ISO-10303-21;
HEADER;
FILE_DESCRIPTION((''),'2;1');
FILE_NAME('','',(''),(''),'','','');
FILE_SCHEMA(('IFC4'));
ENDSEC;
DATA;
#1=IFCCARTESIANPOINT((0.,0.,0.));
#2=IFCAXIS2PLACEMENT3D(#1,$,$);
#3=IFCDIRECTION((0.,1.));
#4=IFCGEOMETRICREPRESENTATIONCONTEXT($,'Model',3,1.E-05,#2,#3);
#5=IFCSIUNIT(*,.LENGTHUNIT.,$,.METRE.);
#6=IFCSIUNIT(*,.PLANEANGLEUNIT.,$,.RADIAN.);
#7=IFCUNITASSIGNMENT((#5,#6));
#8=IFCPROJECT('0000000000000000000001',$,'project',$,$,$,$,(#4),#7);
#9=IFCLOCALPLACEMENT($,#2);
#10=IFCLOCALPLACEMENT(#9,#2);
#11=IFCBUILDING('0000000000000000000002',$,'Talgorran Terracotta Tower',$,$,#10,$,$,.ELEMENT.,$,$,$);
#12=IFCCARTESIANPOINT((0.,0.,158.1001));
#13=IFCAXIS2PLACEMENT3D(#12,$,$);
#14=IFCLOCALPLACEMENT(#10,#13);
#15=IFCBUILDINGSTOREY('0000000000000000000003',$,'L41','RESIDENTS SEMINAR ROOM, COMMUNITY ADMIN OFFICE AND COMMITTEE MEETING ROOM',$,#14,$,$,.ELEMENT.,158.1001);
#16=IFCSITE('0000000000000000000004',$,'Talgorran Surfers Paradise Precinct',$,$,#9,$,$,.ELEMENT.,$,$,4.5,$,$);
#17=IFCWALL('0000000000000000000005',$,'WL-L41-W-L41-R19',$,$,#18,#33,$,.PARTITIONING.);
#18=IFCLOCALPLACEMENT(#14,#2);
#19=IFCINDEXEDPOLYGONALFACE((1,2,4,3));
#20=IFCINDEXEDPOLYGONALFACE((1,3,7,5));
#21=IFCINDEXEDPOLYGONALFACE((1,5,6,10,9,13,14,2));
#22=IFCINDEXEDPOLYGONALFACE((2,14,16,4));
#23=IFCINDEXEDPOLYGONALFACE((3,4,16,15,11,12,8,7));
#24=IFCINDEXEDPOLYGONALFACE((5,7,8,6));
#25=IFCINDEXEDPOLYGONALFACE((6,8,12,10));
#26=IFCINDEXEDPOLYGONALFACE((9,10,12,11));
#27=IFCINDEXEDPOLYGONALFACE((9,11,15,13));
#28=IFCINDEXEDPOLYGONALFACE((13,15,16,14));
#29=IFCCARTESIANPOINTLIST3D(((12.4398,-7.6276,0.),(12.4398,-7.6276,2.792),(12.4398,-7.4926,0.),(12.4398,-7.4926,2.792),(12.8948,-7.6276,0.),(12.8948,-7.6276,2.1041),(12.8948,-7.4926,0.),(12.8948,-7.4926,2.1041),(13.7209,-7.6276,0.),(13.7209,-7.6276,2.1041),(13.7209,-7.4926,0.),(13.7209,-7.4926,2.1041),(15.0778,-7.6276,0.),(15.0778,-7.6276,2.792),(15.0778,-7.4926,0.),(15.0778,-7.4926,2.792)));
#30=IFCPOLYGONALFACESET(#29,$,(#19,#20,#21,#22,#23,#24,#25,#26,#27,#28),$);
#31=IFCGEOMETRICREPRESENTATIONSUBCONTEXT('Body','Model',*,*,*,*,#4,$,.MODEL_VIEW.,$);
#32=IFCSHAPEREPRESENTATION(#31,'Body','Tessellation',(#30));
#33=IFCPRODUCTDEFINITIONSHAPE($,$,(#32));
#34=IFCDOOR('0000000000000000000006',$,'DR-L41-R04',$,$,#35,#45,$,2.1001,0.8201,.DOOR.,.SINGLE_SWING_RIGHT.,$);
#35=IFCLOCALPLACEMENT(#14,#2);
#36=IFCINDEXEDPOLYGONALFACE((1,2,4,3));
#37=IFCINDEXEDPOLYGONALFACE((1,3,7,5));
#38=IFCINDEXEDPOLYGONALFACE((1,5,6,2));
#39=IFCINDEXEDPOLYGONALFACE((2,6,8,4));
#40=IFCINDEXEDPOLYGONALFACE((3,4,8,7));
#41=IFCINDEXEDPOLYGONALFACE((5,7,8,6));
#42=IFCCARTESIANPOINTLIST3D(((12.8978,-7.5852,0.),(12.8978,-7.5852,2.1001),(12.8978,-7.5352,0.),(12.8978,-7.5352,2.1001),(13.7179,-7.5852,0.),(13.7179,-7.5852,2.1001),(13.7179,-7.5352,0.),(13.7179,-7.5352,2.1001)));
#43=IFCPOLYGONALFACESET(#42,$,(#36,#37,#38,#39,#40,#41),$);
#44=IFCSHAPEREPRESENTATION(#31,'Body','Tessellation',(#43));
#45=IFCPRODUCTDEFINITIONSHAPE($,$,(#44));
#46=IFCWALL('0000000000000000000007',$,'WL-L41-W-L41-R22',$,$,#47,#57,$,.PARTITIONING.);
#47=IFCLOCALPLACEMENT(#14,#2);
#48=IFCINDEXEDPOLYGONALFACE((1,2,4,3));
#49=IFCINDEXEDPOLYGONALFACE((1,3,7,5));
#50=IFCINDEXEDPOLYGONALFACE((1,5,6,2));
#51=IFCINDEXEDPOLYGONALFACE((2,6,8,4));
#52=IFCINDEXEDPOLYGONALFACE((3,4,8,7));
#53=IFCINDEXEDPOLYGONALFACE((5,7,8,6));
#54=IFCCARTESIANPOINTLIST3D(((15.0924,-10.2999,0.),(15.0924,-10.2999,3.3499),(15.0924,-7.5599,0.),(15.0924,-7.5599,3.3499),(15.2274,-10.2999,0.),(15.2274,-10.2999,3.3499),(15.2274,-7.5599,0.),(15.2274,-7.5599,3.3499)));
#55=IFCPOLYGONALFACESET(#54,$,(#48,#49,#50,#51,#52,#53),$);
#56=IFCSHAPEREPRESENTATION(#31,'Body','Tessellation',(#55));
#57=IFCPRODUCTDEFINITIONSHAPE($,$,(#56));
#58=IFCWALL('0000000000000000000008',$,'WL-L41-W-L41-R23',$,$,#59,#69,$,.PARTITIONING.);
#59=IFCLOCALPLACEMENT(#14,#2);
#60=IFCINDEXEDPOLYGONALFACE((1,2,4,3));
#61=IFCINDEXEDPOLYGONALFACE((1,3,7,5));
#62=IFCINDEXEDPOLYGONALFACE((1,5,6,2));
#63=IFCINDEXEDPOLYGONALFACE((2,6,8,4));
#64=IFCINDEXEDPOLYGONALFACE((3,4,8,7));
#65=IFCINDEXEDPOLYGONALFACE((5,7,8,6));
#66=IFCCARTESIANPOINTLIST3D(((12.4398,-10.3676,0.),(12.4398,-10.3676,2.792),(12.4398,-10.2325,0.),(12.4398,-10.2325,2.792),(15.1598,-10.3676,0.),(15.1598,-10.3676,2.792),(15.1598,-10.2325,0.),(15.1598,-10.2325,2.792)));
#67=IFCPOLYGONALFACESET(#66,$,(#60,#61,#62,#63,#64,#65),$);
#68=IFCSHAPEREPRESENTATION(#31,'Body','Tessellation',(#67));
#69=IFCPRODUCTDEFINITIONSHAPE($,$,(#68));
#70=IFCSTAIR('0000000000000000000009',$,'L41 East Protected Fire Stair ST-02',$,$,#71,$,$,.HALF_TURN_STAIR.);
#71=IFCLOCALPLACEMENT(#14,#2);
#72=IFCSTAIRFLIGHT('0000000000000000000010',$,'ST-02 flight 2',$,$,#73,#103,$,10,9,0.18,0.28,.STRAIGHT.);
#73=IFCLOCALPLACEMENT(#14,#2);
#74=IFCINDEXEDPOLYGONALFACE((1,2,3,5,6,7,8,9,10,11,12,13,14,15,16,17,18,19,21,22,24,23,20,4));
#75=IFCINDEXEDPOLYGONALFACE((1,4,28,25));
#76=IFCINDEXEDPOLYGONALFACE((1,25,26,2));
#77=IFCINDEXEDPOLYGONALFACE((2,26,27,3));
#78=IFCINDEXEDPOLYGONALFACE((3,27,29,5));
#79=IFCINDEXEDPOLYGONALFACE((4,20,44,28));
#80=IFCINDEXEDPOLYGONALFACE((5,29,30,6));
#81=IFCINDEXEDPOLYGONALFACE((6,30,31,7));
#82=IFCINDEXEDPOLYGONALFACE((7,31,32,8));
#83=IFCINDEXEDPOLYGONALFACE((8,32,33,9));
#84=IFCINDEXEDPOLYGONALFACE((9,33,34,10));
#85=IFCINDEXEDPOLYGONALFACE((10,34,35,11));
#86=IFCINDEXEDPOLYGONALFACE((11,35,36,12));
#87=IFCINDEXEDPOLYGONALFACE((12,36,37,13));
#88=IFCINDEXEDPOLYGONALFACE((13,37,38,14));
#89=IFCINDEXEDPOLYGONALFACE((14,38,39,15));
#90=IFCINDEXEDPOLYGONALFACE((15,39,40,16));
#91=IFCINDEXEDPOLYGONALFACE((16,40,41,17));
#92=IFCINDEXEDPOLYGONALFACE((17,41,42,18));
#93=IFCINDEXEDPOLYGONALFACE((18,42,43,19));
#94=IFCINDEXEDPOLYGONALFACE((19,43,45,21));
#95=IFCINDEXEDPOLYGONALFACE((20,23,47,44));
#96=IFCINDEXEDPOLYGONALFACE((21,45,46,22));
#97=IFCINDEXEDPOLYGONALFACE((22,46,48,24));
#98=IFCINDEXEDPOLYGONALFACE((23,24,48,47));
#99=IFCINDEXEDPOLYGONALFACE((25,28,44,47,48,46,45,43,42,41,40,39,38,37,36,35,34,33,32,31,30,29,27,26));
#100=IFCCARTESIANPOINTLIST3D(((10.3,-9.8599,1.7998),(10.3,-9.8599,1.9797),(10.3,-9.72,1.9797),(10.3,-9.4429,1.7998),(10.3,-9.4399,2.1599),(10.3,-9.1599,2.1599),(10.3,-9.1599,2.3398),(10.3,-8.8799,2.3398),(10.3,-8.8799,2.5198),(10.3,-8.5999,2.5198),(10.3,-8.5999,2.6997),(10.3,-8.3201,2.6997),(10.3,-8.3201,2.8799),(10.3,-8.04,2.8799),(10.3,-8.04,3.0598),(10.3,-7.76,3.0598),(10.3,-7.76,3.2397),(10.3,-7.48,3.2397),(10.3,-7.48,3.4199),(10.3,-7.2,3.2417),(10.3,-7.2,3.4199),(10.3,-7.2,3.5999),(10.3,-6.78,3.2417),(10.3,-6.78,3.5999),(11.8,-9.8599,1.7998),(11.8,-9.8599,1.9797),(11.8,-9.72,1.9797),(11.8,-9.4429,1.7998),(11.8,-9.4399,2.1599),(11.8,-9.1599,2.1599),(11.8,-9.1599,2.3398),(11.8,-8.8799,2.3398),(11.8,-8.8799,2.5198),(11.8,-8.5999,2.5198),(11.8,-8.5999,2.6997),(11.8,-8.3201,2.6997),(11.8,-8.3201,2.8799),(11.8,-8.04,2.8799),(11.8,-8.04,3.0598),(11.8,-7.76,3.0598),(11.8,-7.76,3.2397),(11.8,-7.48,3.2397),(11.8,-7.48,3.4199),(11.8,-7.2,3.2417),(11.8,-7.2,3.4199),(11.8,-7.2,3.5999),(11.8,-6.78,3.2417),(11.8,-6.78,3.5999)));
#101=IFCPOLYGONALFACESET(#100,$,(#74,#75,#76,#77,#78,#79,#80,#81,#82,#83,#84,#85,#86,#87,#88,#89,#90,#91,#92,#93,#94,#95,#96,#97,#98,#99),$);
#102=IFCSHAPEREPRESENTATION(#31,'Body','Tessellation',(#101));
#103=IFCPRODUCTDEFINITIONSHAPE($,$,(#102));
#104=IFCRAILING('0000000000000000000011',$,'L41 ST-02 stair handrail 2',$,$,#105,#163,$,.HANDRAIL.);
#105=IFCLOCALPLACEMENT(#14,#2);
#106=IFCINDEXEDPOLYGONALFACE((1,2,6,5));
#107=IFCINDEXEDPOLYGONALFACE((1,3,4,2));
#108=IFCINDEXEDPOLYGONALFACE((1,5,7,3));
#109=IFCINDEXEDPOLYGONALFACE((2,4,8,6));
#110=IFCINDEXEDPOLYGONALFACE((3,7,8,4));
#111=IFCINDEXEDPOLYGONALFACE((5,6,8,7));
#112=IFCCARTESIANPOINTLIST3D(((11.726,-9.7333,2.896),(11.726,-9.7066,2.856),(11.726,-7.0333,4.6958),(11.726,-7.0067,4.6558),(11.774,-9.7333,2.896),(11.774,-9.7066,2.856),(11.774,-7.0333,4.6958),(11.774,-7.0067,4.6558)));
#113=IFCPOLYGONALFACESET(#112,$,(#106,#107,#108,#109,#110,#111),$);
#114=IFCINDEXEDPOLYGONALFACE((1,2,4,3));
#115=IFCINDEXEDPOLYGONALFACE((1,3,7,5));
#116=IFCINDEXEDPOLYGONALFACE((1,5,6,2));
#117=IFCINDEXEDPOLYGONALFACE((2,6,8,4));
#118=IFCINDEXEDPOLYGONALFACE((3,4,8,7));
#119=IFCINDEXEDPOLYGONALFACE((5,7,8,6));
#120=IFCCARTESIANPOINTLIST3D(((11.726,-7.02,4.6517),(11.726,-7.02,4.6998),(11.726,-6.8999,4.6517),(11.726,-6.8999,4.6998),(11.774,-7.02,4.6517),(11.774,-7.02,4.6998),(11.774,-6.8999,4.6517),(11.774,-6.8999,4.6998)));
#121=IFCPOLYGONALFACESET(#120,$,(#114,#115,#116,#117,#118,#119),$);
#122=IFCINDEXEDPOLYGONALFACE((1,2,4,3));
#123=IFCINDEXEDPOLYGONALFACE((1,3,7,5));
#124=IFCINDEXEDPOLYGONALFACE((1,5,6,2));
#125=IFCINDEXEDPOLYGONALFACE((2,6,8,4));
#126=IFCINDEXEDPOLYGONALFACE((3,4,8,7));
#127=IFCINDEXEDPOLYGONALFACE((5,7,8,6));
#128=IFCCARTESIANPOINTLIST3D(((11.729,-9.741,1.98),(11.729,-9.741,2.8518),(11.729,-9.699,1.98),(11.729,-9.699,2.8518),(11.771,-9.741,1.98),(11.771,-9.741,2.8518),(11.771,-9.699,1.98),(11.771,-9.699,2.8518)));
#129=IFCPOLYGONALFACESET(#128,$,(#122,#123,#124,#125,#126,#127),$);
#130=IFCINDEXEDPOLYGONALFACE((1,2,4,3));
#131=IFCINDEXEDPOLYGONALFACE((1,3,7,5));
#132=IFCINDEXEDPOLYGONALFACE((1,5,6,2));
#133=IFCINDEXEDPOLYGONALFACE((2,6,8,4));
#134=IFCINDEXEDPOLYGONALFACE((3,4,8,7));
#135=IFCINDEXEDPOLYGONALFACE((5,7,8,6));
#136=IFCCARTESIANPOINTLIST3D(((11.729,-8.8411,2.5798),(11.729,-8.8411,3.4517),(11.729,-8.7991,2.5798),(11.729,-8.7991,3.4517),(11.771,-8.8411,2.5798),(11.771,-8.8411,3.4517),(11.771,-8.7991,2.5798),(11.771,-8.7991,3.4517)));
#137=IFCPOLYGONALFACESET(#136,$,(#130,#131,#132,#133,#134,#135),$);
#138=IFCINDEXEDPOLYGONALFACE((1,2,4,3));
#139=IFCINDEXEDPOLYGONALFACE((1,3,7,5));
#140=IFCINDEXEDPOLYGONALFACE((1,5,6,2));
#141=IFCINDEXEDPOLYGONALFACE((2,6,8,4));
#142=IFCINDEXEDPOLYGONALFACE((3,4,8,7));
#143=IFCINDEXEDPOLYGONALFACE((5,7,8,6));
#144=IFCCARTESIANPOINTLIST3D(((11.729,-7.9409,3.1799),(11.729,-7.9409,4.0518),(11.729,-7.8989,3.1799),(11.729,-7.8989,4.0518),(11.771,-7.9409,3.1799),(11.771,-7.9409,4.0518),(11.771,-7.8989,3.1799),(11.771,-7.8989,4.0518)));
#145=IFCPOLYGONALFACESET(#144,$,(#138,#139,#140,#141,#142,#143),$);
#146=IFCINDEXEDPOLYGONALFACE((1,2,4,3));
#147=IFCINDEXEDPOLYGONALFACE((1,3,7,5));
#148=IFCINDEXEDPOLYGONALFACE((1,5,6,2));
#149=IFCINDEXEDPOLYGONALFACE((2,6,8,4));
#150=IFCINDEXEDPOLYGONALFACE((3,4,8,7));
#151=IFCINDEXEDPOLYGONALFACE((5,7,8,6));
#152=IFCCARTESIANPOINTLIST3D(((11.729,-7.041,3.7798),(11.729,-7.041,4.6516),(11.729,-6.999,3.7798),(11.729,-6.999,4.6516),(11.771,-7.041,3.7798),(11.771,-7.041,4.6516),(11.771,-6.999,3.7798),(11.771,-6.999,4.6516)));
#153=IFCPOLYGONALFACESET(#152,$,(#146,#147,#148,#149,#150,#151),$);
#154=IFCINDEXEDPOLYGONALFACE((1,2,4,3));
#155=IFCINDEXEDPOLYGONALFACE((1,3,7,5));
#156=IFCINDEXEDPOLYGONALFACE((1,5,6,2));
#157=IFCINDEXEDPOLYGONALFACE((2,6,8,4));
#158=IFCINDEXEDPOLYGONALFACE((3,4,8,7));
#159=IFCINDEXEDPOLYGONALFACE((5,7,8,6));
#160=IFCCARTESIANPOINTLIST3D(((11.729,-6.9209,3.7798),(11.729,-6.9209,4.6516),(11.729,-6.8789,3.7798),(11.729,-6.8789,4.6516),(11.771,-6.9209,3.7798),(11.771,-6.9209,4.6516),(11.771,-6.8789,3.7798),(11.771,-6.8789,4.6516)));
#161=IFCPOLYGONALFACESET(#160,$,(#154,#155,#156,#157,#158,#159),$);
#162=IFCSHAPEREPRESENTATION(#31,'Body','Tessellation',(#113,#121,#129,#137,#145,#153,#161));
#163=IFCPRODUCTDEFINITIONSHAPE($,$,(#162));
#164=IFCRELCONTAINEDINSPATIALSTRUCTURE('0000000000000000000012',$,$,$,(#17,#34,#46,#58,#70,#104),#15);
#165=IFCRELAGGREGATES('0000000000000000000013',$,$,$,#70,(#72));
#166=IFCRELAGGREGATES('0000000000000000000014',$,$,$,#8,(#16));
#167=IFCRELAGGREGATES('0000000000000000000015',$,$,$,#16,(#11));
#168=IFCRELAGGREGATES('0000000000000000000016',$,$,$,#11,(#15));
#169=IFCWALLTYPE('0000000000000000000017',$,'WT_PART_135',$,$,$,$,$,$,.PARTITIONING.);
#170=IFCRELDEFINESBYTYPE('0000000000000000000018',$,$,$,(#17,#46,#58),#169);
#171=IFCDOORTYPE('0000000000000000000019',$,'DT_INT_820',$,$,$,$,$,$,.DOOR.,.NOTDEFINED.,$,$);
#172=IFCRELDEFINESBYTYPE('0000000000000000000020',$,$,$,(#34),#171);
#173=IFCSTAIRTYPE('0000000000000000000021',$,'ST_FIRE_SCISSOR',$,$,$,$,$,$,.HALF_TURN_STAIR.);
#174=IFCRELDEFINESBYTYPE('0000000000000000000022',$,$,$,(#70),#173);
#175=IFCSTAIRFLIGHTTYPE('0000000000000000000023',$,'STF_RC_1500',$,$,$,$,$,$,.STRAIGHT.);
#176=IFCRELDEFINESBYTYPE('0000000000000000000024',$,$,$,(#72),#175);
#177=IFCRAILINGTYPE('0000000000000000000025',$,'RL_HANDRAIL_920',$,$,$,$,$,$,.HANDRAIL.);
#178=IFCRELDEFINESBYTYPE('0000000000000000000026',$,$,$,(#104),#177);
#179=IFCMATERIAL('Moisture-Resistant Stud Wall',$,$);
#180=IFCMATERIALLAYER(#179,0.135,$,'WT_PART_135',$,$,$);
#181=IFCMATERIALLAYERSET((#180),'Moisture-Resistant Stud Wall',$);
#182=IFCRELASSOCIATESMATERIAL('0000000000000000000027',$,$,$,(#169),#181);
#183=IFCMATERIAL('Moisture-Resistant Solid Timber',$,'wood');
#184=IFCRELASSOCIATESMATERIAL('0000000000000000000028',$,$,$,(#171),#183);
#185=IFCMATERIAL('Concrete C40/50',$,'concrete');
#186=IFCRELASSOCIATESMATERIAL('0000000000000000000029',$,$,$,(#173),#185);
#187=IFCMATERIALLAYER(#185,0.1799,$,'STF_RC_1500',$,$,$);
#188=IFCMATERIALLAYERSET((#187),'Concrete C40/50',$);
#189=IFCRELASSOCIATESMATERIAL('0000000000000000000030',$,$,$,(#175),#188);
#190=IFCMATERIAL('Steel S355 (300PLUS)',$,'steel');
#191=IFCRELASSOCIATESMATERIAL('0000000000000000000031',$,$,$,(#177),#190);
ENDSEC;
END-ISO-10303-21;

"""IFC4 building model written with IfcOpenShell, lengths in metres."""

from ifc_helpers import new_model, si_unit, direction, frame, frame_2d, origin, origin_2d, place, context, subcontext, project, spatial, polyline, rectangle, outline, extrude, material, layer, layer_set, type_object, element, fill, aggregate, save


model = new_model("IFC4")

# Units and contexts
model_context = context("Model", 3, precision=1e-05, world=origin(), true_north=direction((0.0, 1.0)))
body_context = subcontext(model_context, "Body", "Model", "MODEL_VIEW")
ifc_project = project(units=[si_unit("LENGTHUNIT", "METRE"), si_unit("PLANEANGLEUNIT", "RADIAN")], contexts=[model_context])

# Site, building, storey
site_placement = place(None, origin())
site = spatial("IfcSite", under=ifc_project, at=site_placement, Name="Talgorran Surfers Paradise Precinct", CompositionType="ELEMENT", RefElevation=4.5)
building_placement = place(site_placement, origin())
building = spatial("IfcBuilding", under=site, at=building_placement, Name="Talgorran Terracotta Tower", CompositionType="ELEMENT")
storey_placement = place(building_placement, frame((0.0, 0.0, 158.1001)))
storey = spatial("IfcBuildingStorey", under=building, at=storey_placement, Name="L41", Description="RESIDENTS SEMINAR ROOM, COMMUNITY ADMIN OFFICE AND COMMITTEE MEETING ROOM", CompositionType="ELEMENT", Elevation=158.1001)

# Shared definitions
ifc_material_1 = material(Name="Steel S355 (300PLUS)", Category="steel")

# Wall, opening, door
ifc_material_2 = material(Name="Moisture-Resistant Stud Wall")
ifc_layer_1 = layer(ifc_material_2, 0.135, Name="WT_PART_135")
ifc_layer_set_1 = layer_set([ifc_layer_1], Name="Moisture-Resistant Stud Wall")
wall_type_1 = type_object("IfcWallType", Name="WT_PART_135", PredefinedType="PARTITIONING", material=ifc_layer_set_1)
wall_1_placement = place(storey_placement, frame((12.4399, -7.5601, 0.0), z_axis=(0.0, 0.0, 1.0), x_axis=(1.0, 0.0, 0.0)))
wall_1 = element("IfcWall", 1, at=wall_1_placement, inside=storey, type_object=wall_type_1, Name="WL-L41-W-L41-R19", PredefinedType="PARTITIONING", context=body_context, shape_type="SweptSolid", body=[
    extrude(rectangle(XDim=2.6379, YDim=0.135, at=frame_2d((1.3188, 0.0))), origin(), (0.0, 0.0, 1.0), 2.792),
])
opening_1_placement = place(wall_1_placement, frame((0.4578, 0.0, 0.0)))
opening_1 = element("IfcOpeningElement", 2, at=opening_1_placement, cuts=wall_1, PredefinedType="OPENING", context=body_context, shape_type="SweptSolid", body=[
    extrude(rectangle(XDim=0.8261, YDim=2.1041, at=frame_2d((0.4102, 1.052))), frame((0.0, 0.0776, 0.0), z_axis=(0.0, -1.0, 0.0), x_axis=(1.0, 0.0, 0.0)), (0.0, 0.0, 1.0), 0.155),
])
ifc_material_3 = material(Name="Moisture-Resistant Solid Timber", Category="wood")
door_type_1 = type_object("IfcDoorType", Name="DT_INT_820", OperationType="NOTDEFINED", PredefinedType="DOOR", material=ifc_material_3)
door_1_placement = place(opening_1_placement, origin())
door_1 = element("IfcDoor", 3, at=door_1_placement, inside=storey, type_object=door_type_1, Name="DR-L41-R04", OperationType="SINGLE_SWING_RIGHT", OverallHeight=2.1001, OverallWidth=0.8201, PredefinedType="DOOR", context=body_context, shape_type="SweptSolid", body=[
    extrude(rectangle(XDim=0.8201, YDim=2.1001, at=frame_2d((0.4102, 1.05))), frame((0.0, 0.0249, 0.0), z_axis=(0.0, -1.0, 0.0), x_axis=(1.0, 0.0, 0.0)), (0.0, 0.0, 1.0), 0.05),
])
fill(opening_1, door_1)

# Walls
wall_2_placement = place(storey_placement, frame((15.1599, -10.3, 0.0), z_axis=(0.0, 0.0, 1.0), x_axis=(0.0, 1.0, 0.0)))
element("IfcWall", 4, at=wall_2_placement, inside=storey, type_object=wall_type_1, Name="WL-L41-W-L41-R22", PredefinedType="PARTITIONING", context=body_context, shape_type="SweptSolid", body=[
    extrude(rectangle(XDim=2.74, YDim=0.135, at=frame_2d((1.3701, 0.0))), origin(), (0.0, 0.0, 1.0), 3.3499),
])
wall_3_placement = place(storey_placement, frame((12.4399, -10.3, 0.0), z_axis=(0.0, 0.0, 1.0), x_axis=(1.0, 0.0, 0.0)))
element("IfcWall", 5, at=wall_3_placement, inside=storey, type_object=wall_type_1, Name="WL-L41-W-L41-R23", PredefinedType="PARTITIONING", context=body_context, shape_type="SweptSolid", body=[
    extrude(rectangle(XDim=2.72, YDim=0.135, at=frame_2d((1.3599, 0.0))), origin(), (0.0, 0.0, 1.0), 2.792),
])

# Stair, stair flight
ifc_material_4 = material(Name="Concrete C40/50", Category="concrete")
stair_type = type_object("IfcStairType", Name="ST_FIRE_SCISSOR", PredefinedType="HALF_TURN_STAIR", material=ifc_material_4)
stair_placement = place(storey_placement, origin())
stair = element("IfcStair", 6, at=stair_placement, inside=storey, type_object=stair_type, Name="L41 East Protected Fire Stair ST-02", PredefinedType="HALF_TURN_STAIR")
ifc_layer_2 = layer(ifc_material_4, 0.1799, Name="STF_RC_1500")
ifc_layer_set_2 = layer_set([ifc_layer_2], Name="Concrete C40/50")
stair_flight_type = type_object("IfcStairFlightType", Name="STF_RC_1500", PredefinedType="STRAIGHT", material=ifc_layer_set_2)
stair_flight_placement = place(storey_placement, frame((11.05, -9.72, 1.7998), z_axis=(0.0, 0.0, 1.0), x_axis=(0.0, 1.0, 0.0)))
stair_flight = element("IfcStairFlight", 7, at=stair_flight_placement, type_object=stair_flight_type, Name="ST-02 flight 2", NumberOfRisers=10, NumberOfTreads=9, PredefinedType="STRAIGHT", RiserHeight=0.18, TreadLength=0.28, context=body_context, shape_type="SweptSolid", body=[
    extrude(outline(polyline([(-0.1399, 0.0), (-0.1399, 0.1799), (0.0, 0.1799), (0.28, 0.3601), (0.5601, 0.3601), (0.5601, 0.54), (0.8401, 0.54), (0.8401, 0.72), (1.1201, 0.72), (1.1201, 0.8999), (1.3999, 0.8999), (1.3999, 1.0801), (1.6799, 1.0801), (1.6799, 1.26), (1.96, 1.26), (1.96, 1.4399), (2.24, 1.4399), (2.24, 1.6201), (2.52, 1.6201), (2.52, 1.8), (2.9399, 1.8), (2.9399, 1.4419), (2.52, 1.4419), (0.2771, 0.0), (-0.1399, 0.0)])), frame((0.0, 0.75, 0.0), z_axis=(0.0, -1.0, 0.0), x_axis=(1.0, 0.0, 0.0)), (0.0, 0.0, 1.0), 1.5),
])
aggregate(stair, [stair_flight])

# Railing
railing_type_1 = type_object("IfcRailingType", Name="RL_HANDRAIL_920", PredefinedType="HANDRAIL", material=ifc_material_1)
railing_1_placement = place(storey_placement, frame((11.75, -9.72, 1.98)))
element("IfcRailing", 8, at=railing_1_placement, inside=storey, type_object=railing_type_1, Name="L41 ST-02 stair handrail 2", PredefinedType="HANDRAIL", context=body_context, shape_type="SweptSolid", body=[
    extrude(rectangle(XDim=0.0481, YDim=0.0481, at=origin_2d()), frame((0.0, 0.0, 0.896), z_axis=(0.0, 0.832073, 0.554665), x_axis=(-1.0, 0.0, 0.0)), (0.0, 0.0, 1.0), 3.2449),
    extrude(rectangle(XDim=0.0481, YDim=0.0481, at=origin_2d()), frame((0.0, 2.7, 2.6958), z_axis=(0.0, 1.0, 0.0), x_axis=(-1.0, 0.0, 0.0)), (0.0, 0.0, 1.0), 0.1201),
    extrude(rectangle(XDim=0.042, YDim=0.042, at=origin_2d()), origin(), (0.0, 0.0, 1.0), 0.8718),
    extrude(rectangle(XDim=0.042, YDim=0.042, at=origin_2d()), frame((0.0, 0.8999, 0.5999)), (0.0, 0.0, 1.0), 0.8718),
    extrude(rectangle(XDim=0.042, YDim=0.042, at=origin_2d()), frame((0.0, 1.8, 1.2)), (0.0, 0.0, 1.0), 0.8718),
    extrude(rectangle(XDim=0.042, YDim=0.042, at=origin_2d()), frame((0.0, 2.7, 1.7998)), (0.0, 0.0, 1.0), 0.8718),
    extrude(rectangle(XDim=0.042, YDim=0.042, at=origin_2d()), frame((0.0, 2.8201, 1.7998)), (0.0, 0.0, 1.0), 0.8718),
])

save(model, "model.ifc")
